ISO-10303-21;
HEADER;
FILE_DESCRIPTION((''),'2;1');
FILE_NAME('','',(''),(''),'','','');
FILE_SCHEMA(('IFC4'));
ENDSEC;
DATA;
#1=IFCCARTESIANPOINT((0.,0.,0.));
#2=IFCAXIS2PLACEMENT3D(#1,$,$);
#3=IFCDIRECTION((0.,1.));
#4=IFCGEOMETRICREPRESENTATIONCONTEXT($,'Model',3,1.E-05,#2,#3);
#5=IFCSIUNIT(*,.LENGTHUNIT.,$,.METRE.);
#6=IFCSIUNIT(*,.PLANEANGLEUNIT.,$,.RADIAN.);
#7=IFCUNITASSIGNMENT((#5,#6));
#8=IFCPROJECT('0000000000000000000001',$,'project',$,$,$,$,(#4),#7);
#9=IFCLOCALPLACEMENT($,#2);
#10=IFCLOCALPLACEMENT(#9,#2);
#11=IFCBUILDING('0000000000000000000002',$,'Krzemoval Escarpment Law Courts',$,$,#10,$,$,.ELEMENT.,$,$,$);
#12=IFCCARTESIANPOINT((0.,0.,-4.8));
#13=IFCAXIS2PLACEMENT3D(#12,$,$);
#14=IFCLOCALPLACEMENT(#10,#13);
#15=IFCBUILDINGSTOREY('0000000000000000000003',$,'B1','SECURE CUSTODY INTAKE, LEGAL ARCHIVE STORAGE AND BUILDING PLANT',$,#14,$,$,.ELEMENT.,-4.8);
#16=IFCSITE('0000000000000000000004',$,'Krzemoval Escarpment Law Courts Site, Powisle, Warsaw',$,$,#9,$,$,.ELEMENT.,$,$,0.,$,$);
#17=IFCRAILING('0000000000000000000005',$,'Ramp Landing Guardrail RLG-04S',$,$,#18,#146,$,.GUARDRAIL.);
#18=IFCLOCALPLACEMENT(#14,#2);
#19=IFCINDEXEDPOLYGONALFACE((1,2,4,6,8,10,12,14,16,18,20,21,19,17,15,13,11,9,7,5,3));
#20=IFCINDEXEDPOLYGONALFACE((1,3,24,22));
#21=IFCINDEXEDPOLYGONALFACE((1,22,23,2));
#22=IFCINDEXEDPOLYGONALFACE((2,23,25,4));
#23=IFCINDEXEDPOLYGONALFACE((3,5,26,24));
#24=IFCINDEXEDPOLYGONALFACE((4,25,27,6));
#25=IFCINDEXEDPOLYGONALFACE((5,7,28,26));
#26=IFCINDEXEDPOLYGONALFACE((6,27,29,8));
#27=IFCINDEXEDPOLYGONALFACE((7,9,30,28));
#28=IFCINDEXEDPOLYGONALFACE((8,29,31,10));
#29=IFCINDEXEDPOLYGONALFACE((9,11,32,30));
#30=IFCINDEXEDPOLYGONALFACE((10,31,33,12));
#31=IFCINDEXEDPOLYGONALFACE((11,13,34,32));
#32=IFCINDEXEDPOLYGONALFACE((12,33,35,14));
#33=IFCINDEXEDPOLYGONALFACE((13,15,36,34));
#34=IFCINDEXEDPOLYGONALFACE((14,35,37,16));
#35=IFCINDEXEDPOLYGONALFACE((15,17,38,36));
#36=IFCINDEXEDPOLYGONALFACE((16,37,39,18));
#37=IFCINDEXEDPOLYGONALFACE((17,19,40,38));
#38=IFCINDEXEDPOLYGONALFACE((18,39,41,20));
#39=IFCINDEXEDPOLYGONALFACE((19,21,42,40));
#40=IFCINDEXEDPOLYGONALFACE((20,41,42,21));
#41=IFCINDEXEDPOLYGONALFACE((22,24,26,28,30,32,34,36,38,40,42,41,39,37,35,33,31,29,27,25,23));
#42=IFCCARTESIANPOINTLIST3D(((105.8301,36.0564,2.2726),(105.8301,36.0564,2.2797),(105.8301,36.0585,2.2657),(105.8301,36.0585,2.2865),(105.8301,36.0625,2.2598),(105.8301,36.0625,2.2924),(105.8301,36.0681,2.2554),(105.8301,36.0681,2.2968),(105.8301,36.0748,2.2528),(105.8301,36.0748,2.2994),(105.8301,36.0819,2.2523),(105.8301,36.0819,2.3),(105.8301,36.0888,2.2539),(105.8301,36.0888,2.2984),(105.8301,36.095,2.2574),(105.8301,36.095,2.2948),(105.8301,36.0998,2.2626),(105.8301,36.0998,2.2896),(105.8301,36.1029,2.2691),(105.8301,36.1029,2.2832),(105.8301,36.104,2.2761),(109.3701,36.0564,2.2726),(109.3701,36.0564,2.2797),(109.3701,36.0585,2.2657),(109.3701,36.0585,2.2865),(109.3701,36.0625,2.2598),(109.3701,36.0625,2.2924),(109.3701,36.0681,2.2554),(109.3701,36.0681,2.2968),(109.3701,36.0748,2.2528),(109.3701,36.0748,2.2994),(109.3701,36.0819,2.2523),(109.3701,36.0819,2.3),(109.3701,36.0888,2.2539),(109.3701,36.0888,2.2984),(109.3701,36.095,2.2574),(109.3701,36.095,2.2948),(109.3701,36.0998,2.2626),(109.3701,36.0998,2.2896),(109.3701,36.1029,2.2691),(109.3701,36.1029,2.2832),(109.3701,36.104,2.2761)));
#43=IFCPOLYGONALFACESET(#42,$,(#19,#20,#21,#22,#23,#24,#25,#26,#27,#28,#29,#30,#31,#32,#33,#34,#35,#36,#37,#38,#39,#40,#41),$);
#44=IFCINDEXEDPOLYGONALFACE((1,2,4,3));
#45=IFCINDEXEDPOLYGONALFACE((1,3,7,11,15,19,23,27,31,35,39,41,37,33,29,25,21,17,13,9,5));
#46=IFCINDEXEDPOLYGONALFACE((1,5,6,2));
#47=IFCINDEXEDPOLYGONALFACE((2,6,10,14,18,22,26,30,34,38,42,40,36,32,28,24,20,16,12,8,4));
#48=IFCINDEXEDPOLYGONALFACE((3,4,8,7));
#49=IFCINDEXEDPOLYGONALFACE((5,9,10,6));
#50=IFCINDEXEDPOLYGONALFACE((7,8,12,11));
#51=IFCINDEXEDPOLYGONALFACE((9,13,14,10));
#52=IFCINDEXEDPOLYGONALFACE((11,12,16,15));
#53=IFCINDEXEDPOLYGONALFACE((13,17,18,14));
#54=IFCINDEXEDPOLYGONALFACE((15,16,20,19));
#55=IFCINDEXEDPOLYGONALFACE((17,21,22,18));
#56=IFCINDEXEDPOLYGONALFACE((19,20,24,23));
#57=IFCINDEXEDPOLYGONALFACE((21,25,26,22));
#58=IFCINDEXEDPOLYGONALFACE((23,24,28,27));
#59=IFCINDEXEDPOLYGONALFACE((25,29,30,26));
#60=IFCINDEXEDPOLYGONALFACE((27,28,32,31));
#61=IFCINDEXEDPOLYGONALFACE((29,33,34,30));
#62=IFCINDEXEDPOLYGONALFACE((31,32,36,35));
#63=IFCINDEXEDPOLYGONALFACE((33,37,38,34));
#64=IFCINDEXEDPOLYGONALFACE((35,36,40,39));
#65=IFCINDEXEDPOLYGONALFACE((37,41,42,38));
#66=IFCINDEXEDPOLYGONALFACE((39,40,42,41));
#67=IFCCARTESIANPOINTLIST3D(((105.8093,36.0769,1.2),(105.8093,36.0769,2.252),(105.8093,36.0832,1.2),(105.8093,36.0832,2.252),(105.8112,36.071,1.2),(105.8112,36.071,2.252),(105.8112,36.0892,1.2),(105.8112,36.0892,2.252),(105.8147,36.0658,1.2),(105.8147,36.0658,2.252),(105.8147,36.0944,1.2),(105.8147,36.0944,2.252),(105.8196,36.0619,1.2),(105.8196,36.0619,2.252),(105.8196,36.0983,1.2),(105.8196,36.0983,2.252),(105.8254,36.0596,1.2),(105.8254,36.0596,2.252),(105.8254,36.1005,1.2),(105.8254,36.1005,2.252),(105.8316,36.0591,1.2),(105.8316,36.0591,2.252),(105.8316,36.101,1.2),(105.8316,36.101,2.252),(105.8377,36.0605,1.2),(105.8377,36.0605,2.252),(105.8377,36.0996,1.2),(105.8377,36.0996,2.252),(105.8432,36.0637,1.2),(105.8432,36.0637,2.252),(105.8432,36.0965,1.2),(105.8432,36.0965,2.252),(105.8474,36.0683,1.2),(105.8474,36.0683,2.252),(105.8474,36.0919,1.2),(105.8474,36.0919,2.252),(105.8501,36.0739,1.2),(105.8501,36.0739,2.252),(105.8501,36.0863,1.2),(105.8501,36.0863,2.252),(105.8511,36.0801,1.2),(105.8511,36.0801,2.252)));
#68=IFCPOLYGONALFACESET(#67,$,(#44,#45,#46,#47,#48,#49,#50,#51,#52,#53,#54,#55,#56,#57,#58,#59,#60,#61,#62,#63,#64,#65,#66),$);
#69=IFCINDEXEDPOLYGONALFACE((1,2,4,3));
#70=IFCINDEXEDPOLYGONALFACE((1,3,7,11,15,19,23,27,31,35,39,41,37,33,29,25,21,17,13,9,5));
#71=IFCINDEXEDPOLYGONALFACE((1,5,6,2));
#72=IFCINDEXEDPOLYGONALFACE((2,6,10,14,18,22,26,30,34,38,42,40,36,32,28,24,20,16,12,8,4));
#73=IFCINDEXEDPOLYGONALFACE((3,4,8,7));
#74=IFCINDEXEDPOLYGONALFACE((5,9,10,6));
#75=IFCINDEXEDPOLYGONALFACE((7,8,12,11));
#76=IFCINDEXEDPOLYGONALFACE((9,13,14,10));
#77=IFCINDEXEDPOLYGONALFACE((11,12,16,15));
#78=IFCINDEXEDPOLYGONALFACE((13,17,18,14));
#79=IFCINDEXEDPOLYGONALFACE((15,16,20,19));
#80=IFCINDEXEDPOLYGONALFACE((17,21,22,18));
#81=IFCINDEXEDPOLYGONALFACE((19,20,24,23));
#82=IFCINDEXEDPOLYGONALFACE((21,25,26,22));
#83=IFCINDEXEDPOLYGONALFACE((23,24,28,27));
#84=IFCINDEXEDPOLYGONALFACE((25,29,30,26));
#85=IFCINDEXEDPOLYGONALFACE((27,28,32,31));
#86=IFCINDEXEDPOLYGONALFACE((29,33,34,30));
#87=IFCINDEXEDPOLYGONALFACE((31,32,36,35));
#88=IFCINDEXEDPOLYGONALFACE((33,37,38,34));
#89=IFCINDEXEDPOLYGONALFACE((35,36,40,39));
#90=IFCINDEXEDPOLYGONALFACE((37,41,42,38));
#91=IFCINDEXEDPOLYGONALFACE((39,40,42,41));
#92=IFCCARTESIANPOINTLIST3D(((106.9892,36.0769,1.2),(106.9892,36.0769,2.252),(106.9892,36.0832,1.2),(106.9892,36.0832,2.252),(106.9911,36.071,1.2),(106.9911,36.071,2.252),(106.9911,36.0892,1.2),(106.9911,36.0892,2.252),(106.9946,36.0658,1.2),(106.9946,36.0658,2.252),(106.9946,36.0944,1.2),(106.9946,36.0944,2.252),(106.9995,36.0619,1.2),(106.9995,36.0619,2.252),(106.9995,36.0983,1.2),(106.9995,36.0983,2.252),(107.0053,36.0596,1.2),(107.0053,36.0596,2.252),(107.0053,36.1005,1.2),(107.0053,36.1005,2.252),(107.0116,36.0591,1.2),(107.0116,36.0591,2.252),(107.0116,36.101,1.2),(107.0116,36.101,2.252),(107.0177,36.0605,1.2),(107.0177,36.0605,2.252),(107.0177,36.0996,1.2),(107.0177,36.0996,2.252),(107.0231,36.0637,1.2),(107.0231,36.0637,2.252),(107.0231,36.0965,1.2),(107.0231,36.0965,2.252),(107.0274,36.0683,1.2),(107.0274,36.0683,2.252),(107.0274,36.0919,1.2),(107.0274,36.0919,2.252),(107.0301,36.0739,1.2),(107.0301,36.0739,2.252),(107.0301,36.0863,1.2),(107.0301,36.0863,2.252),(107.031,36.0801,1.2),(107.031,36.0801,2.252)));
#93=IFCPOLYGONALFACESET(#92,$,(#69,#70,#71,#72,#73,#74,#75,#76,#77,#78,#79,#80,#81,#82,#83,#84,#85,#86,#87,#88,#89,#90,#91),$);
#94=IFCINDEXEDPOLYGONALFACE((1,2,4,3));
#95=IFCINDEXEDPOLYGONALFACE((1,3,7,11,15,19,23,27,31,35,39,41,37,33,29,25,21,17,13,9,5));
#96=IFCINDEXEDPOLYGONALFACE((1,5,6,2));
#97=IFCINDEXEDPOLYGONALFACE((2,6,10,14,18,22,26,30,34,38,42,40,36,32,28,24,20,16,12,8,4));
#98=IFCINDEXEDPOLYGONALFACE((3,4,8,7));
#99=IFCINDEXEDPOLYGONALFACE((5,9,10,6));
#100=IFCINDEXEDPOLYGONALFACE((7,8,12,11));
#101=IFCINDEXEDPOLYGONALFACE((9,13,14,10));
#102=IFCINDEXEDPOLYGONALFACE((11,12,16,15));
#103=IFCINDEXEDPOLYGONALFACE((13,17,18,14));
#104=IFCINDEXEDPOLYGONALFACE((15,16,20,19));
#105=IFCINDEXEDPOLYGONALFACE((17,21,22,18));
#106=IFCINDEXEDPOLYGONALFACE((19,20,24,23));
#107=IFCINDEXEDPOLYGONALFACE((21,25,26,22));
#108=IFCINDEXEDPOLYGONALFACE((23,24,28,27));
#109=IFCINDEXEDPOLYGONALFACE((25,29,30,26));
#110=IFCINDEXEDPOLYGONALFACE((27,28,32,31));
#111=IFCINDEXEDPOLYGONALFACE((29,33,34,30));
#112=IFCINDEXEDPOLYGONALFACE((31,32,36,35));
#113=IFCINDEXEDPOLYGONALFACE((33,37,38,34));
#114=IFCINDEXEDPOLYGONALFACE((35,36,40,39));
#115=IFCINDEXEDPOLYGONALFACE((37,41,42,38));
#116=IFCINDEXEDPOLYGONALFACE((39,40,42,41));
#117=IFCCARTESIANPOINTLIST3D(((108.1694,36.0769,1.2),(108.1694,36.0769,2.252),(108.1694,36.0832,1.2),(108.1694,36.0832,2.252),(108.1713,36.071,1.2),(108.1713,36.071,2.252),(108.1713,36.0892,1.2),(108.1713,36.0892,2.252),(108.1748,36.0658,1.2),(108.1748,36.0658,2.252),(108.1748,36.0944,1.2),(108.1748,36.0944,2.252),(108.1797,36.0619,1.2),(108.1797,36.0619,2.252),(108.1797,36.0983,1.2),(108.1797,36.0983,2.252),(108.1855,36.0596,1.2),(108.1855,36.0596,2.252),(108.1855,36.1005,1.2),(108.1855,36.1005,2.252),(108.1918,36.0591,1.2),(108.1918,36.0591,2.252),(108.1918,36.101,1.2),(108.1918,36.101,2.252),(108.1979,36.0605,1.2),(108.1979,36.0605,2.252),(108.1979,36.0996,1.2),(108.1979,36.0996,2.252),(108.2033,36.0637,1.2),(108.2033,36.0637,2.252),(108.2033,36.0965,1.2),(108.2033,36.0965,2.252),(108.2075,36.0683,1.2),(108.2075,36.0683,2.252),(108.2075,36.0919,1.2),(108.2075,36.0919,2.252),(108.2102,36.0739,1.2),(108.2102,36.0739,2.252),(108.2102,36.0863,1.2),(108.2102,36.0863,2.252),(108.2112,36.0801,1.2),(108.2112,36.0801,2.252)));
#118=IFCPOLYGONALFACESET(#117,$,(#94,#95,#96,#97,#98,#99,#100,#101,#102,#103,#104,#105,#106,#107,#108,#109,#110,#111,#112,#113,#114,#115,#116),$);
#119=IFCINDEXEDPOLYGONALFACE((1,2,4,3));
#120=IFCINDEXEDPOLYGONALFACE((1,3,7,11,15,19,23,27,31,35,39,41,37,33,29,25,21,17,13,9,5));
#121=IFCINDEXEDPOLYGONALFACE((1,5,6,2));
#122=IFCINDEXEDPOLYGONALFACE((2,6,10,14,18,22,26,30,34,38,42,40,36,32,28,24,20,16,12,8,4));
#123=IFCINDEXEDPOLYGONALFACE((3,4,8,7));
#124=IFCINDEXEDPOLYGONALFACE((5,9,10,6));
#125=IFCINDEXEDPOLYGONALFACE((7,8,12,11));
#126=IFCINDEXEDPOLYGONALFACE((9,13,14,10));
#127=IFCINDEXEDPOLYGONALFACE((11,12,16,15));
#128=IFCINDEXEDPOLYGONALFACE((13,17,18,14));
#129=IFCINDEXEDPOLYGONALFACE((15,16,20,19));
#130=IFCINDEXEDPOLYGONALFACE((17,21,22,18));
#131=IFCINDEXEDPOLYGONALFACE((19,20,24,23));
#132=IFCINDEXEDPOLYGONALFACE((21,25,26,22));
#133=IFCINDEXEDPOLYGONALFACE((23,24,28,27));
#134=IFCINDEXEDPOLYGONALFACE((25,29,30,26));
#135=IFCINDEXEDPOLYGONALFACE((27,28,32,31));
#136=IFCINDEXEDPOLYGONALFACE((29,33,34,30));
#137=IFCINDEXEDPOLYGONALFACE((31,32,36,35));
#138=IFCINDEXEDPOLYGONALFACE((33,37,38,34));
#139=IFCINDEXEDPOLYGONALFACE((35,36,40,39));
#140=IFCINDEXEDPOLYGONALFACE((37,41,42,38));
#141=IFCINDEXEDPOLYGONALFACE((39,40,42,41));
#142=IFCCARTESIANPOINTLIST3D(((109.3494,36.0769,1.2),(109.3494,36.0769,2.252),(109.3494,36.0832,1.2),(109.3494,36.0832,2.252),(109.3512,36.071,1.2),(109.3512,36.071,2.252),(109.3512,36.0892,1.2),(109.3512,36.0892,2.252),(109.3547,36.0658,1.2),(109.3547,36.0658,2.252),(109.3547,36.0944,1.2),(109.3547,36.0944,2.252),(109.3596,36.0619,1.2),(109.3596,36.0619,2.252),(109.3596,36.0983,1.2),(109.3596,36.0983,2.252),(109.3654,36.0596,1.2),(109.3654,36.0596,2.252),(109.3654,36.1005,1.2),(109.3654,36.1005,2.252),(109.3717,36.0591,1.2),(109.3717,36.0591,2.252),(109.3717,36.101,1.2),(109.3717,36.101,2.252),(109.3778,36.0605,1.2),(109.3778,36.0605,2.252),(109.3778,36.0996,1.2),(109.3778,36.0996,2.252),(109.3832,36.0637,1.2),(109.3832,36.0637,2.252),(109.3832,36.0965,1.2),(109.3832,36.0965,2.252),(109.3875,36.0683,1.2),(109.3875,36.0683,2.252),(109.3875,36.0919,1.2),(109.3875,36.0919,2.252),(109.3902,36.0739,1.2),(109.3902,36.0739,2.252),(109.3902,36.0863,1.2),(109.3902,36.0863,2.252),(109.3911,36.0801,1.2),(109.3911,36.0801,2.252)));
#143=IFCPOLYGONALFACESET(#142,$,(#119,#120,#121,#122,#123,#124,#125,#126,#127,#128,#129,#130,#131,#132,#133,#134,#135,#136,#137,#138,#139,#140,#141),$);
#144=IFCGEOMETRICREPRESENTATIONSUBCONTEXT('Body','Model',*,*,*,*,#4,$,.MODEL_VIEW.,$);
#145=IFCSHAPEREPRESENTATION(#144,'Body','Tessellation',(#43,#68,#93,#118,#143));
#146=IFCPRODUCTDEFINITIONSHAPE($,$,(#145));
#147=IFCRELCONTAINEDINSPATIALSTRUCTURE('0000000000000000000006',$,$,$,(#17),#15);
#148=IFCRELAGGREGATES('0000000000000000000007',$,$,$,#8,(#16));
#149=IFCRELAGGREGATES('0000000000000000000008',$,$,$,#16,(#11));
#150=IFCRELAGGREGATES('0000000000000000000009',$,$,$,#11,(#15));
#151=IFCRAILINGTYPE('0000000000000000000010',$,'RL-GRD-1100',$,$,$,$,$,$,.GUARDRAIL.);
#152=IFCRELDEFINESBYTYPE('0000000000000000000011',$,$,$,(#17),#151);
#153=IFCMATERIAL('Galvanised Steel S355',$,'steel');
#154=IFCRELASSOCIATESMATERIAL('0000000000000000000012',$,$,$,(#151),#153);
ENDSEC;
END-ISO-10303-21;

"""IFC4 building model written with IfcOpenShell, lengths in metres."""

from ifc_helpers import new_model, si_unit, direction, frame, origin, origin_2d, place, context, subcontext, project, spatial, circle, extrude, material, type_object, element, save


model = new_model("IFC4")

# Units and contexts
model_context = context("Model", 3, precision=1e-05, world=origin(), true_north=direction((0.0, 1.0)))
body_context = subcontext(model_context, "Body", "Model", "MODEL_VIEW")
ifc_project = project(units=[si_unit("LENGTHUNIT", "METRE"), si_unit("PLANEANGLEUNIT", "RADIAN")], contexts=[model_context])

# Site, building, storey
site_placement = place(None, origin())
site = spatial("IfcSite", under=ifc_project, at=site_placement, Name="Krzemoval Escarpment Law Courts Site, Powisle, Warsaw", CompositionType="ELEMENT", RefElevation=0.0)
building_placement = place(site_placement, origin())
building = spatial("IfcBuilding", under=site, at=building_placement, Name="Krzemoval Escarpment Law Courts", CompositionType="ELEMENT")
storey_placement = place(building_placement, frame((0.0, 0.0, -4.8)))
storey = spatial("IfcBuildingStorey", under=building, at=storey_placement, Name="B1", Description="SECURE CUSTODY INTAKE, LEGAL ARCHIVE STORAGE AND BUILDING PLANT", CompositionType="ELEMENT", Elevation=-4.8)

# Railing
ifc_material_1 = material(Name="Galvanised Steel S355", Category="steel")
railing_type_1 = type_object("IfcRailingType", Name="RL-GRD-1100", PredefinedType="GUARDRAIL", material=ifc_material_1)
for number, where, name in (
    (1, (105.8301, 36.0801, 1.2), "Ramp Landing Guardrail RLG-04S"),
):
    element("IfcRailing", number, at=place(storey_placement, frame(where)), inside=storey, type_object=railing_type_1, Name=name, PredefinedType="GUARDRAIL", context=body_context, shape_type="SweptSolid", body=[
        extrude(circle(Radius=0.0239, at=origin_2d()), frame((0.0, 0.0, 1.0762), z_axis=(1.0, 0.0, 0.0), x_axis=(0.0, 1.0, 0.0)), (0.0, 0.0, 1.0), 3.54),
        extrude(circle(Radius=0.021, at=origin_2d()), origin(), (0.0, 0.0, 1.0), 1.052),
        extrude(circle(Radius=0.021, at=origin_2d()), frame((1.1799, 0.0, 0.0)), (0.0, 0.0, 1.0), 1.052),
        extrude(circle(Radius=0.021, at=origin_2d()), frame((2.3601, 0.0, 0.0)), (0.0, 0.0, 1.0), 1.052),
        extrude(circle(Radius=0.021, at=origin_2d()), frame((3.54, 0.0, 0.0)), (0.0, 0.0, 1.0), 1.052),
    ])

save(model, "model.ifc")
